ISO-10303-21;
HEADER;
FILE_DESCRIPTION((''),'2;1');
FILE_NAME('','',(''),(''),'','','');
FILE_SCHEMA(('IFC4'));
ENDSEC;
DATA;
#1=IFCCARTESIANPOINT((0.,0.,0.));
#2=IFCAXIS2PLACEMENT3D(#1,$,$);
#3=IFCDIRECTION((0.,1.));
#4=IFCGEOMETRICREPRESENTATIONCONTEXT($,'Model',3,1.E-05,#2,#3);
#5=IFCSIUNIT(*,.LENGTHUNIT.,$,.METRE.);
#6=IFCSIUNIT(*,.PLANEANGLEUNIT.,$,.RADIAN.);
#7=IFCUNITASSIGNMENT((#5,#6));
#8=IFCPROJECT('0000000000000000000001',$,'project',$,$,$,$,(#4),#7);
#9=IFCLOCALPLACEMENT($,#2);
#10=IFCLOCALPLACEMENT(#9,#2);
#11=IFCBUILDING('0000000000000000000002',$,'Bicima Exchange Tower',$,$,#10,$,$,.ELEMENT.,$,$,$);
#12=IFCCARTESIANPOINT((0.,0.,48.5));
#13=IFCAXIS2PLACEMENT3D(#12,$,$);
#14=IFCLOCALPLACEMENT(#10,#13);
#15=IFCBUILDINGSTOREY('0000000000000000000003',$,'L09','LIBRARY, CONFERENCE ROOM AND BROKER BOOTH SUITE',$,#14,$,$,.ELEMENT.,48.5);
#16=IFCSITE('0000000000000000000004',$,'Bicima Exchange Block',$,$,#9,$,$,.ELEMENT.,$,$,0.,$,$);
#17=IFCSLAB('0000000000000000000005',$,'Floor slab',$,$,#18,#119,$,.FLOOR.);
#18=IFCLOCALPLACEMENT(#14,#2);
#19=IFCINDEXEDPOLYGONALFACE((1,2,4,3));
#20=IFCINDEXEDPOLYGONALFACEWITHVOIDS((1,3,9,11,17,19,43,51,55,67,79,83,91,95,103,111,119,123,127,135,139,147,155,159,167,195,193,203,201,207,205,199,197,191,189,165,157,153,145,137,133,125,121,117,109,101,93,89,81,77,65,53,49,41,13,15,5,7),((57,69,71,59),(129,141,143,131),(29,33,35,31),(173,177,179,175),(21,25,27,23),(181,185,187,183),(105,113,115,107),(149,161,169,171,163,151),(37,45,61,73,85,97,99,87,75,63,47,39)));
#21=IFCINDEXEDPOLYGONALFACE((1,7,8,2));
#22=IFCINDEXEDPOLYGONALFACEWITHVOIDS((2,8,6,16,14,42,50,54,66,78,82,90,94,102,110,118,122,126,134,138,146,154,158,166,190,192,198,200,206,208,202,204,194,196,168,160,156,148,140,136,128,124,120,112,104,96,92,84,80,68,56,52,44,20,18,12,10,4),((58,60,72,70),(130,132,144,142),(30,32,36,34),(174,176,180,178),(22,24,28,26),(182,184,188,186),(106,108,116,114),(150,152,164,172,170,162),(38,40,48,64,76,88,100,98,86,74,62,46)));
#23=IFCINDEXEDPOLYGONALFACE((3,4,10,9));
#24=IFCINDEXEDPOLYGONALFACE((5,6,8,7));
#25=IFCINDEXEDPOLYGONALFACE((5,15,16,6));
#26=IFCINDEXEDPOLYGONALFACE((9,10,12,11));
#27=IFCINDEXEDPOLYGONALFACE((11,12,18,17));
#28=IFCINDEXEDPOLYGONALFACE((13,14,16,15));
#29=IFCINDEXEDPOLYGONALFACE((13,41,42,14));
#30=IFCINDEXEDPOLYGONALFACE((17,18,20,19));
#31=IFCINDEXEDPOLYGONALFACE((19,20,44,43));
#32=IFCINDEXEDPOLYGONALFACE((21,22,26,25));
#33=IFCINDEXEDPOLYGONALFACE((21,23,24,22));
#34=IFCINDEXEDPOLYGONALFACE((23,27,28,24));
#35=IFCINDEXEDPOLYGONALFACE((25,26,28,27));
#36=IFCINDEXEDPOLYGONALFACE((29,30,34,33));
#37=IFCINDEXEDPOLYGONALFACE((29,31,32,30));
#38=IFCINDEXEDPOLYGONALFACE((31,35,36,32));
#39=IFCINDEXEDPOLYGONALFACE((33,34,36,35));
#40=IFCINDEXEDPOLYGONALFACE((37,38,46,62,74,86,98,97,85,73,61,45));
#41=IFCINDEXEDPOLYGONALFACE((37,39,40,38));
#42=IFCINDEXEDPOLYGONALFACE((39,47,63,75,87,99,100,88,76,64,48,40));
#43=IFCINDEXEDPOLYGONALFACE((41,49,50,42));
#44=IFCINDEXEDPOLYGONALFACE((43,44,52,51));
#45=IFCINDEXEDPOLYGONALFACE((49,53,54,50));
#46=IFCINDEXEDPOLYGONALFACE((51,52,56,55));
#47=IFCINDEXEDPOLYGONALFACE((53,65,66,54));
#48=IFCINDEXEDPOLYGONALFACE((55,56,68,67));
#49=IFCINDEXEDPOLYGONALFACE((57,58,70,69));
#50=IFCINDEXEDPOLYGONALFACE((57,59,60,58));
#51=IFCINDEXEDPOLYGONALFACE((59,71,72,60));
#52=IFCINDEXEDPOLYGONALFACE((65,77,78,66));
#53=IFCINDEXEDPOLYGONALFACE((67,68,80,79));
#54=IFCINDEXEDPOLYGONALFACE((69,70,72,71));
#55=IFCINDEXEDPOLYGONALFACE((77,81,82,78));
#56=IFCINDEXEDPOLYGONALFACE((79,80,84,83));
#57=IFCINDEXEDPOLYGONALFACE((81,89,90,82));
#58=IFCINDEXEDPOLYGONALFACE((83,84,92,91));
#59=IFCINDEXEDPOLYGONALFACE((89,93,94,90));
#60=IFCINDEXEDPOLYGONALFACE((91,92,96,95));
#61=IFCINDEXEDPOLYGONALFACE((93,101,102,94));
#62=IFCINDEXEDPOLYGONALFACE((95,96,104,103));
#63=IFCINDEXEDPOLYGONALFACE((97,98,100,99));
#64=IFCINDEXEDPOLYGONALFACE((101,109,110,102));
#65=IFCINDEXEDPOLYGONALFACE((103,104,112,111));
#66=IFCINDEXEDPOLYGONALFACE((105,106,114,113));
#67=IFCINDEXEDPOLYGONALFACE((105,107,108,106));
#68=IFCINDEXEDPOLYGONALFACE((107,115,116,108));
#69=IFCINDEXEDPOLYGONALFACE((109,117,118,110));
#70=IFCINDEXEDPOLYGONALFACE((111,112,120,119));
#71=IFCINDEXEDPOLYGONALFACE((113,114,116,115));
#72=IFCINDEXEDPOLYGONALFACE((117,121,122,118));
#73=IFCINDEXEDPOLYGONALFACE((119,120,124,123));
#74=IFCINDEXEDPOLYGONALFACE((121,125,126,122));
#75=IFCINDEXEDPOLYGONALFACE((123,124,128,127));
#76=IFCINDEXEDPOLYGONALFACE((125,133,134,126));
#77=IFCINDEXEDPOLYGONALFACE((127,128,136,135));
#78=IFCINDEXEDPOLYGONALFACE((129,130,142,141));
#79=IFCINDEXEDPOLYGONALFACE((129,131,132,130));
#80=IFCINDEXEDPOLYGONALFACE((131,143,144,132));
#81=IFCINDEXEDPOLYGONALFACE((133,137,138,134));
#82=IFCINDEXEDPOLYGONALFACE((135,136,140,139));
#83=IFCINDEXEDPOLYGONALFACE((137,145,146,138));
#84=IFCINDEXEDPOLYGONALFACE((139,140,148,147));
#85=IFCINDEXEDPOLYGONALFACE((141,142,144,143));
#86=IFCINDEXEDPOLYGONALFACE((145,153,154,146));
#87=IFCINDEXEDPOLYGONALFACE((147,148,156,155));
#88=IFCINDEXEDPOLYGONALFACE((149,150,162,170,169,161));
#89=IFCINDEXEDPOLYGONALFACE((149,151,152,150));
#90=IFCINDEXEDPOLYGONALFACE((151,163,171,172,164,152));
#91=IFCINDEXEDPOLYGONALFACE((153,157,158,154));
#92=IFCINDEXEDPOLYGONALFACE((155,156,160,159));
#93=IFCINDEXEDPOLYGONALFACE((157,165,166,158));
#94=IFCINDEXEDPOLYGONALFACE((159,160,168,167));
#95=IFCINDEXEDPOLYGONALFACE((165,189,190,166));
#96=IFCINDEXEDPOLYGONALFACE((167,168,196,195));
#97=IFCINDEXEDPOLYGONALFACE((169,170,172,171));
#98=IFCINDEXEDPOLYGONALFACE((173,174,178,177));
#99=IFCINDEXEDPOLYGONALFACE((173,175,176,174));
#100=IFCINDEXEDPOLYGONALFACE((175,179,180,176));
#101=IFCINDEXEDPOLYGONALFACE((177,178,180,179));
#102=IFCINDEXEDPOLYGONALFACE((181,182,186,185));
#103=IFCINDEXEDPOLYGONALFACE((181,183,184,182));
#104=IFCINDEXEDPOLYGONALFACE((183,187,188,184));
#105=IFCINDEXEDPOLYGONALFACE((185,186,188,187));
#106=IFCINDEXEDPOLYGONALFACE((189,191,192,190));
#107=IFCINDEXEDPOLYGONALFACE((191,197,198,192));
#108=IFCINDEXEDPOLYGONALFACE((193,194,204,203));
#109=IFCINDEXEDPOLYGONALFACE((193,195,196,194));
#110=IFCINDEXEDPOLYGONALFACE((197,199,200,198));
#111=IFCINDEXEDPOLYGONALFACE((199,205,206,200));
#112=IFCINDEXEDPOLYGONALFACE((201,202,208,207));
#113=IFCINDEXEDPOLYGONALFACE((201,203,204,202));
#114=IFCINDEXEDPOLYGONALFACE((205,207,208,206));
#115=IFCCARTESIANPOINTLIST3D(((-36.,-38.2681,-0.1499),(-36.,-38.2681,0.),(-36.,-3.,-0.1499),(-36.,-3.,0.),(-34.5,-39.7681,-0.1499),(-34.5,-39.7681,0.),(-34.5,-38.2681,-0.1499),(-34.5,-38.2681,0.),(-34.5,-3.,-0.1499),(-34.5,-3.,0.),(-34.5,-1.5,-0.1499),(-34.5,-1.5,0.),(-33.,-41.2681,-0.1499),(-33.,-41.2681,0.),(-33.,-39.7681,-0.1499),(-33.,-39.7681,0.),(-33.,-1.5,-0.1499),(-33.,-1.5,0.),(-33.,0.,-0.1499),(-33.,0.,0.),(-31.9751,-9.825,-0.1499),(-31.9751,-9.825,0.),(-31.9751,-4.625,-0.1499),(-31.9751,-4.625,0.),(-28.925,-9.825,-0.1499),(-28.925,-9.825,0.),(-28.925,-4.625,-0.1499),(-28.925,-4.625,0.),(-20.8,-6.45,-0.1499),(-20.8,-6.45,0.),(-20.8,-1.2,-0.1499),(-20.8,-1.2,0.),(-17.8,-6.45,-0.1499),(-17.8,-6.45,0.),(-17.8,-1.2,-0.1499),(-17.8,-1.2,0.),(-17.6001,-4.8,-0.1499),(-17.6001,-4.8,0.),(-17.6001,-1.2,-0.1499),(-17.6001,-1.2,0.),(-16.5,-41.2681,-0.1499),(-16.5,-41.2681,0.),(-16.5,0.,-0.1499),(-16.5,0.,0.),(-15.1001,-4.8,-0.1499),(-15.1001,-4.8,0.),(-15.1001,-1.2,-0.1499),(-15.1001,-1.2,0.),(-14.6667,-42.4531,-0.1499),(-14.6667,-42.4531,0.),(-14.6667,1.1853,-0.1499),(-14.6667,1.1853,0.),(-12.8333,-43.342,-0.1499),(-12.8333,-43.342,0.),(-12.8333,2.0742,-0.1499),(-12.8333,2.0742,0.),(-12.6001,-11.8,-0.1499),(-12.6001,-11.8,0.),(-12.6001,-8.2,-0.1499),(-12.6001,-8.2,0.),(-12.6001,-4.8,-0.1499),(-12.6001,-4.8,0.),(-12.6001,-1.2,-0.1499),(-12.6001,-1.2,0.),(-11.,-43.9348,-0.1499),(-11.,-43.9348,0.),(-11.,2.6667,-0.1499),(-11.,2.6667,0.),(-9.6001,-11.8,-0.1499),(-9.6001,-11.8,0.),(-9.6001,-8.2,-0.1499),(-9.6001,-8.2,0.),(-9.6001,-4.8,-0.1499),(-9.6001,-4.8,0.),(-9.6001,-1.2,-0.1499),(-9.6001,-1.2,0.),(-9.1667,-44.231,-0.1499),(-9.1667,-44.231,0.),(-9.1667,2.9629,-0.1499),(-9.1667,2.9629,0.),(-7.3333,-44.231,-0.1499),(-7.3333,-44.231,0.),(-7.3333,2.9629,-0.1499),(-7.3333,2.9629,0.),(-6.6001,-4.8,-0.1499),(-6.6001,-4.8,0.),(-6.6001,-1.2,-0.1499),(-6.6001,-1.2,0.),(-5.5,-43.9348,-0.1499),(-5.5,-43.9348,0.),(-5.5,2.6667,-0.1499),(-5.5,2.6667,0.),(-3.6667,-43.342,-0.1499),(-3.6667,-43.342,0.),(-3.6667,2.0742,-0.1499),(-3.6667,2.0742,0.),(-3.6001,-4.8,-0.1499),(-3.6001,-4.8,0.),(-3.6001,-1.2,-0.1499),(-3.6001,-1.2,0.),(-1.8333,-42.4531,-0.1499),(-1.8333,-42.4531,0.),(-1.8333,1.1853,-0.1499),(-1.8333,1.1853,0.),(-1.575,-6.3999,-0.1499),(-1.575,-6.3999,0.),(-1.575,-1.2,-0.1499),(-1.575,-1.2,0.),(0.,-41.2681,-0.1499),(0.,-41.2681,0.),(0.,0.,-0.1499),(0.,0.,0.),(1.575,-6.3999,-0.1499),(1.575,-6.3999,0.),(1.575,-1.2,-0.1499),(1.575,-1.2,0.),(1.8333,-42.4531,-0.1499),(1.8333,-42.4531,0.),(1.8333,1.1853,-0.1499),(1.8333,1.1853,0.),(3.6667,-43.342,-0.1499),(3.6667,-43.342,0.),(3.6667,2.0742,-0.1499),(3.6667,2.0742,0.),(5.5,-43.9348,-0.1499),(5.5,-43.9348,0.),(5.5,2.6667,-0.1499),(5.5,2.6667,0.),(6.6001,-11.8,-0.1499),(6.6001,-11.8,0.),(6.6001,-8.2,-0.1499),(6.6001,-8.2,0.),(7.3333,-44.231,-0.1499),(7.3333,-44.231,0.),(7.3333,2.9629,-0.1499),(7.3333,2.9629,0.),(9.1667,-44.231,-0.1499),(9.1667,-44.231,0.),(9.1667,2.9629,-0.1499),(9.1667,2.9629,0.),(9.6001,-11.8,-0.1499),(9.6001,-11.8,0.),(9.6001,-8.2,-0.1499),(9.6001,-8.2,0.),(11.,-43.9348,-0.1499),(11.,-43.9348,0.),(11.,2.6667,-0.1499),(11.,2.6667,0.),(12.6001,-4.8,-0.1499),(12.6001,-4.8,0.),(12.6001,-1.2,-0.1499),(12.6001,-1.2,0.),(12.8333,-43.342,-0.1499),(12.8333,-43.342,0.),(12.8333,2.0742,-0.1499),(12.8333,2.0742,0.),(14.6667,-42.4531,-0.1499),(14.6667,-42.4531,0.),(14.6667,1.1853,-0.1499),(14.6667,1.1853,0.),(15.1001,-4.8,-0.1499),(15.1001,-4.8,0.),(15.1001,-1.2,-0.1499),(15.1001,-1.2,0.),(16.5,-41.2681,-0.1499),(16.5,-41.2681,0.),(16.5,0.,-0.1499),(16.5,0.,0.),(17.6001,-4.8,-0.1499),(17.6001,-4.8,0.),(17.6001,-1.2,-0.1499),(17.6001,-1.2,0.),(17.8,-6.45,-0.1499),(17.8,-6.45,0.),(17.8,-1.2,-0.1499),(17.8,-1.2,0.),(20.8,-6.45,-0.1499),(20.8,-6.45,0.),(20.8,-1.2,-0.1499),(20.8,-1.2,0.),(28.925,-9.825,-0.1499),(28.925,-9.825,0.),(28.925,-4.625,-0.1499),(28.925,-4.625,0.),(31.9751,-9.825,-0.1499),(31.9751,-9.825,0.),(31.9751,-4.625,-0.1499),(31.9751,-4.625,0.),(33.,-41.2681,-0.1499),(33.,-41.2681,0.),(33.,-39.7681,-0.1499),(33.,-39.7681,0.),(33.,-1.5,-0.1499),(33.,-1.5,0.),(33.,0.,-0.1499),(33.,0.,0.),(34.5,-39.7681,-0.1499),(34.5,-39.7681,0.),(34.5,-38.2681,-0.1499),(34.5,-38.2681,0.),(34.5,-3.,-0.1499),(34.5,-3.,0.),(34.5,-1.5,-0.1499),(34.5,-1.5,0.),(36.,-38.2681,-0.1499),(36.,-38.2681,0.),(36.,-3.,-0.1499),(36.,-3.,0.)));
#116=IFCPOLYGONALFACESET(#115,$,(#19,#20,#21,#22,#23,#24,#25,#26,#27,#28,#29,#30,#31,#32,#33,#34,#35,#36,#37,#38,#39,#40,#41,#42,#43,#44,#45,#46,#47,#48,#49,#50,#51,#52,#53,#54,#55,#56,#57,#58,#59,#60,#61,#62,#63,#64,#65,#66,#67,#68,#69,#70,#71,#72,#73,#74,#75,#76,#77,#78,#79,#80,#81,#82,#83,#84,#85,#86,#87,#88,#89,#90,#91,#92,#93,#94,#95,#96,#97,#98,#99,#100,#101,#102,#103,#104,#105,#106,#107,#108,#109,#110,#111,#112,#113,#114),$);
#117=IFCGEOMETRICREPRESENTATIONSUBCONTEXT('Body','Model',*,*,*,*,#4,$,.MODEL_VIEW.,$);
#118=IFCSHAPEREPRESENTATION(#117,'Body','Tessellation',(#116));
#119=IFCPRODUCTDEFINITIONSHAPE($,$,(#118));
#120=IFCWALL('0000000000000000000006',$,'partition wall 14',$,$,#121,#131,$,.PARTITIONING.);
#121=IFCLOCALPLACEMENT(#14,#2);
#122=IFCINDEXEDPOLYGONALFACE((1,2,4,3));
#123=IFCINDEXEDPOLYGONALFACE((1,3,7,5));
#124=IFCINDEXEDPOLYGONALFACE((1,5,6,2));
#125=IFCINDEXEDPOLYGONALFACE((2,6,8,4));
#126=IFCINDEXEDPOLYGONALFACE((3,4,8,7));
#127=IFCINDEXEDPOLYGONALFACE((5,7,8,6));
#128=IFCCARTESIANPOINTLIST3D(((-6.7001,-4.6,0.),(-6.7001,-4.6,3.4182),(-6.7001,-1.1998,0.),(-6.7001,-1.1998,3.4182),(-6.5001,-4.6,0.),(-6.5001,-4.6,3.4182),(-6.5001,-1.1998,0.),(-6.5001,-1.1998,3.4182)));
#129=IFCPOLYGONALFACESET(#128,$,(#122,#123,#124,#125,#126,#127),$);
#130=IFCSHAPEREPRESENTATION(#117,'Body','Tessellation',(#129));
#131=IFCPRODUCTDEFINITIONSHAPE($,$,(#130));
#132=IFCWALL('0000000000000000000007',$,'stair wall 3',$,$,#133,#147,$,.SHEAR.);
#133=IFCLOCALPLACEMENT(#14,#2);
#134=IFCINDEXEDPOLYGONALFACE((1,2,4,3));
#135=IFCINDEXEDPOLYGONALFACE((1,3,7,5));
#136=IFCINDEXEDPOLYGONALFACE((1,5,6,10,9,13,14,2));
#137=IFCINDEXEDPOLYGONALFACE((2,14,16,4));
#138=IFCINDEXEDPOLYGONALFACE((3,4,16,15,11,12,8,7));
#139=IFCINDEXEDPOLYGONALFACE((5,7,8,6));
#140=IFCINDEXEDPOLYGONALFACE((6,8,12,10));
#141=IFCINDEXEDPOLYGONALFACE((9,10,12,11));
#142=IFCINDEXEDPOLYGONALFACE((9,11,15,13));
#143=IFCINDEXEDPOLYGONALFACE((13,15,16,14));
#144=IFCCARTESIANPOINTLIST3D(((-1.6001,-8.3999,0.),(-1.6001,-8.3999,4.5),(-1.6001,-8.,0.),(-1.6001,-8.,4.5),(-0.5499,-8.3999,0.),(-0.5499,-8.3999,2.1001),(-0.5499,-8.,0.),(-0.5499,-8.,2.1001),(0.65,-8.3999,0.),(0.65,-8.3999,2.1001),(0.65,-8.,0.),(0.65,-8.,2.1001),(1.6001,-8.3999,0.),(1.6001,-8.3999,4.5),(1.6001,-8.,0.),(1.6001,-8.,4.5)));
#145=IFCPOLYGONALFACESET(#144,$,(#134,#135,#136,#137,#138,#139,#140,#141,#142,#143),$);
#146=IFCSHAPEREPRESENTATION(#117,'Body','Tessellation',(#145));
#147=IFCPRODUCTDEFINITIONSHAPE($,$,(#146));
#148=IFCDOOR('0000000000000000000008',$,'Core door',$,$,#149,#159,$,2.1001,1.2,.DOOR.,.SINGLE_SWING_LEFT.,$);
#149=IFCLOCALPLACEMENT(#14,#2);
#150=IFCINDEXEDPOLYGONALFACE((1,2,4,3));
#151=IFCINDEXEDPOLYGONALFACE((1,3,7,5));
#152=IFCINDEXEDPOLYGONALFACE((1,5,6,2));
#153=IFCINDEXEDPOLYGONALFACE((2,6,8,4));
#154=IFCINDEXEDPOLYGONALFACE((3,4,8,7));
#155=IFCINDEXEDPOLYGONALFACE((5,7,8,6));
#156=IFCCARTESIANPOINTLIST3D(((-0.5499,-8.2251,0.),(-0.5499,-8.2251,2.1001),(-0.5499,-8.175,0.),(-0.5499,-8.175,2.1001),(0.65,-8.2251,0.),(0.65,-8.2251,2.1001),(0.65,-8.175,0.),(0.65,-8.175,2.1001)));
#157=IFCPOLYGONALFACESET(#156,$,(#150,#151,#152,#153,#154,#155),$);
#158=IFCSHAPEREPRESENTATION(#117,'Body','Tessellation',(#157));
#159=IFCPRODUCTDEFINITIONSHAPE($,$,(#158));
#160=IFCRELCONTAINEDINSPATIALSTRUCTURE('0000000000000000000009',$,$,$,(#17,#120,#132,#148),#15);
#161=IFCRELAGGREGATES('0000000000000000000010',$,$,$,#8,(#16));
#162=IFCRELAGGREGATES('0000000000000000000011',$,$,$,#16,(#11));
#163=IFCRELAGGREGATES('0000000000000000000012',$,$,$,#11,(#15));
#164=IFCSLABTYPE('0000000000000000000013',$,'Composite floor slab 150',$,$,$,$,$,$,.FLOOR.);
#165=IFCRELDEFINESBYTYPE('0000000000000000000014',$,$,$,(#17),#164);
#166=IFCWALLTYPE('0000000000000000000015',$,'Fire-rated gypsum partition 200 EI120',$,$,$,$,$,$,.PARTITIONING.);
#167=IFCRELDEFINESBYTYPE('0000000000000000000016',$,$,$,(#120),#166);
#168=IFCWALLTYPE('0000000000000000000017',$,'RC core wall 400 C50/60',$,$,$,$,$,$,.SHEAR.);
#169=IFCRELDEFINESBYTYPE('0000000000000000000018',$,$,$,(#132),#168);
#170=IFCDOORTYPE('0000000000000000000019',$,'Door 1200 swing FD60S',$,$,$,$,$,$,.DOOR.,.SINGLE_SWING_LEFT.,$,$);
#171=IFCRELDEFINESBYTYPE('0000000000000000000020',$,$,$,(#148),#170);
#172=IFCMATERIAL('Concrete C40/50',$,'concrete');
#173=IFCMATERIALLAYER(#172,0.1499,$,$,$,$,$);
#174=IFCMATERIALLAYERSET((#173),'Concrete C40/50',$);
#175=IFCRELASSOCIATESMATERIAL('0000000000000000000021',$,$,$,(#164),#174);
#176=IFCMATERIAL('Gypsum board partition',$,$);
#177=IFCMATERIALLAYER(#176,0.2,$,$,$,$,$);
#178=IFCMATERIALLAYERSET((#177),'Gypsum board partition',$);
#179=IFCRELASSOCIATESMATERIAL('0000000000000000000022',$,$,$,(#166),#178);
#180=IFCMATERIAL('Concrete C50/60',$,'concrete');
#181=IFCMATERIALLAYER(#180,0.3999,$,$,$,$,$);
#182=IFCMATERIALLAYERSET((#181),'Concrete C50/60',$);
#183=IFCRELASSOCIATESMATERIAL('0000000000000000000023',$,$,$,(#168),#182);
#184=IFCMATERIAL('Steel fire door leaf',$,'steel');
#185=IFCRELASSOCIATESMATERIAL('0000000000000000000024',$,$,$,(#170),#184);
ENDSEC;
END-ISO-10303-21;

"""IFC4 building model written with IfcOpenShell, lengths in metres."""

from ifc_helpers import new_model, si_unit, direction, frame, frame_2d, origin, place, context, subcontext, project, spatial, polyline, rectangle, outline, extrude, material, layer, layer_set, type_object, element, fill, save


model = new_model("IFC4")

# Units and contexts
model_context = context("Model", 3, precision=1e-05, world=origin(), true_north=direction((0.0, 1.0)))
body_context = subcontext(model_context, "Body", "Model", "MODEL_VIEW")
ifc_project = project(units=[si_unit("LENGTHUNIT", "METRE"), si_unit("PLANEANGLEUNIT", "RADIAN")], contexts=[model_context])

# Site, building, storey
site_placement = place(None, origin())
site = spatial("IfcSite", under=ifc_project, at=site_placement, Name="Bicima Exchange Block", CompositionType="ELEMENT", RefElevation=0.0)
building_placement = place(site_placement, origin())
building = spatial("IfcBuilding", under=site, at=building_placement, Name="Bicima Exchange Tower", CompositionType="ELEMENT")
storey_placement = place(building_placement, frame((0.0, 0.0, 48.5)))
storey = spatial("IfcBuildingStorey", under=building, at=storey_placement, Name="L09", Description="LIBRARY, CONFERENCE ROOM AND BROKER BOOTH SUITE", CompositionType="ELEMENT", Elevation=48.5)

# Slab
ifc_material_1 = material(Name="Concrete C40/50", Category="concrete")
ifc_layer_1 = layer(ifc_material_1, 0.1499)
ifc_layer_set_1 = layer_set([ifc_layer_1], Name="Concrete C40/50")
slab_type = type_object("IfcSlabType", Name="Composite floor slab 150", PredefinedType="FLOOR", material=ifc_layer_set_1)
slab_placement = place(storey_placement, frame((0.0, 0.0, -0.1499)))
element("IfcSlab", 1, at=slab_placement, inside=storey, type_object=slab_type, Name="Floor slab", PredefinedType="FLOOR", context=body_context, shape_type="SweptSolid", body=[
    extrude(outline(polyline([(-36.0, -38.2681), (-36.0, -3.0), (-34.5, -3.0), (-34.5, -1.5), (-33.0, -1.5), (-33.0, 0.0), (-16.5, 0.0), (-14.6667, 1.1853), (-12.8333, 2.0742), (-11.0, 2.6667), (-9.1667, 2.9629), (-7.3333, 2.9629), (-5.5, 2.6667), (-3.6667, 2.0742), (-1.8333, 1.1853), (0.0, 0.0), (1.8333, 1.1853), (3.6667, 2.0742), (5.5, 2.6667), (7.3333, 2.9629), (9.1667, 2.9629), (11.0, 2.6667), (12.8333, 2.0742), (14.6667, 1.1853), (16.5, 0.0), (33.0, 0.0), (33.0, -1.5), (34.5, -1.5), (34.5, -3.0), (36.0, -3.0), (36.0, -38.2681), (34.5, -38.2681), (34.5, -39.7681), (33.0, -39.7681), (33.0, -41.2681), (16.5, -41.2681), (14.6667, -42.4531), (12.8333, -43.342), (11.0, -43.9348), (9.1667, -44.231), (7.3333, -44.231), (5.5, -43.9348), (3.6667, -43.342), (1.8333, -42.4531), (0.0, -41.2681), (-1.8333, -42.4531), (-3.6667, -43.342), (-5.5, -43.9348), (-7.3333, -44.231), (-9.1667, -44.231), (-11.0, -43.9348), (-12.8333, -43.342), (-14.6667, -42.4531), (-16.5, -41.2681), (-33.0, -41.2681), (-33.0, -39.7681), (-34.5, -39.7681), (-34.5, -38.2681), (-36.0, -38.2681)]), holes=[polyline([(-9.6001, -11.8), (-9.6001, -8.2), (-12.6001, -8.2), (-12.6001, -11.8), (-9.6001, -11.8)]), polyline([(-31.9751, -9.825), (-28.925, -9.825), (-28.925, -4.625), (-31.9751, -4.625), (-31.9751, -9.825)]), polyline([(-20.8, -6.45), (-17.8, -6.45), (-17.8, -1.2), (-20.8, -1.2), (-20.8, -6.45)]), polyline([(-9.6001, -1.2), (-12.6001, -1.2), (-15.1001, -1.2), (-17.6001, -1.2), (-17.6001, -4.8), (-15.1001, -4.8), (-12.6001, -4.8), (-9.6001, -4.8), (-6.6001, -4.8), (-3.6001, -4.8), (-3.6001, -1.2), (-6.6001, -1.2), (-9.6001, -1.2)]), polyline([(9.6001, -11.8), (9.6001, -8.2), (6.6001, -8.2), (6.6001, -11.8), (9.6001, -11.8)]), polyline([(28.925, -9.825), (31.9751, -9.825), (31.9751, -4.625), (28.925, -4.625), (28.925, -9.825)]), polyline([(17.8, -6.45), (20.8, -6.45), (20.8, -1.2), (17.8, -1.2), (17.8, -6.45)]), polyline([(-1.575, -6.3999), (1.575, -6.3999), (1.575, -1.2), (-1.575, -1.2), (-1.575, -6.3999)]), polyline([(17.6001, -4.8), (17.6001, -1.2), (15.1001, -1.2), (12.6001, -1.2), (12.6001, -4.8), (15.1001, -4.8), (17.6001, -4.8)])]), origin(), (0.0, 0.0, 1.0), 0.1499),
])

# Wall
ifc_material_2 = material(Name="Gypsum board partition")
ifc_layer_2 = layer(ifc_material_2, 0.2)
ifc_layer_set_2 = layer_set([ifc_layer_2], Name="Gypsum board partition")
wall_type_1 = type_object("IfcWallType", Name="Fire-rated gypsum partition 200 EI120", PredefinedType="PARTITIONING", material=ifc_layer_set_2)
wall_1_placement = place(storey_placement, frame((-6.6001, -4.6001, 0.0), z_axis=(0.0, 0.0, 1.0), x_axis=(0.0, 1.0, 0.0)))
element("IfcWall", 2, at=wall_1_placement, inside=storey, type_object=wall_type_1, Name="partition wall 14", PredefinedType="PARTITIONING", context=body_context, shape_type="SweptSolid", body=[
    extrude(rectangle(XDim=3.4001, YDim=0.2, at=frame_2d((1.7002, 0.0))), origin(), (0.0, 0.0, 1.0), 3.4182),
])

# Wall, opening, door
ifc_material_3 = material(Name="Concrete C50/60", Category="concrete")
ifc_layer_3 = layer(ifc_material_3, 0.3999)
ifc_layer_set_3 = layer_set([ifc_layer_3], Name="Concrete C50/60")
wall_type_2 = type_object("IfcWallType", Name="RC core wall 400 C50/60", PredefinedType="SHEAR", material=ifc_layer_set_3)
wall_2_placement = place(storey_placement, frame((-1.6001, -8.2, 0.0), z_axis=(0.0, 0.0, 1.0), x_axis=(1.0, 0.0, 0.0)))
wall_2 = element("IfcWall", 3, at=wall_2_placement, inside=storey, type_object=wall_type_2, Name="stair wall 3", PredefinedType="SHEAR", context=body_context, shape_type="SweptSolid", body=[
    extrude(rectangle(XDim=3.2002, YDim=0.3999, at=frame_2d((1.6001, 0.0))), origin(), (0.0, 0.0, 1.0), 4.5),
])
opening_1_placement = place(wall_2_placement, frame((1.05, 0.0, 0.0)))
opening_1 = element("IfcOpeningElement", 4, at=opening_1_placement, cuts=wall_2, PredefinedType="OPENING", context=body_context, shape_type="SweptSolid", body=[
    extrude(rectangle(XDim=1.2, YDim=2.1001, at=frame_2d((0.6001, 1.05))), frame((0.0, 0.2119, 0.0), z_axis=(0.0, -1.0, 0.0), x_axis=(1.0, 0.0, 0.0)), (0.0, 0.0, 1.0), 0.4238),
])
ifc_material_4 = material(Name="Steel fire door leaf", Category="steel")
door_type_1 = type_object("IfcDoorType", Name="Door 1200 swing FD60S", OperationType="SINGLE_SWING_LEFT", PredefinedType="DOOR", material=ifc_material_4)
door_1_placement = place(opening_1_placement, origin())
door_1 = element("IfcDoor", 5, at=door_1_placement, inside=storey, type_object=door_type_1, Name="Core door", OperationType="SINGLE_SWING_LEFT", OverallHeight=2.1001, OverallWidth=1.2, PredefinedType="DOOR", context=body_context, shape_type="SweptSolid", body=[
    extrude(rectangle(XDim=1.2, YDim=2.1001, at=frame_2d((0.6001, 1.05))), frame((0.0, 0.0249, 0.0), z_axis=(0.0, -1.0, 0.0), x_axis=(1.0, 0.0, 0.0)), (0.0, 0.0, 1.0), 0.05),
])
fill(opening_1, door_1)

save(model, "model.ifc")
